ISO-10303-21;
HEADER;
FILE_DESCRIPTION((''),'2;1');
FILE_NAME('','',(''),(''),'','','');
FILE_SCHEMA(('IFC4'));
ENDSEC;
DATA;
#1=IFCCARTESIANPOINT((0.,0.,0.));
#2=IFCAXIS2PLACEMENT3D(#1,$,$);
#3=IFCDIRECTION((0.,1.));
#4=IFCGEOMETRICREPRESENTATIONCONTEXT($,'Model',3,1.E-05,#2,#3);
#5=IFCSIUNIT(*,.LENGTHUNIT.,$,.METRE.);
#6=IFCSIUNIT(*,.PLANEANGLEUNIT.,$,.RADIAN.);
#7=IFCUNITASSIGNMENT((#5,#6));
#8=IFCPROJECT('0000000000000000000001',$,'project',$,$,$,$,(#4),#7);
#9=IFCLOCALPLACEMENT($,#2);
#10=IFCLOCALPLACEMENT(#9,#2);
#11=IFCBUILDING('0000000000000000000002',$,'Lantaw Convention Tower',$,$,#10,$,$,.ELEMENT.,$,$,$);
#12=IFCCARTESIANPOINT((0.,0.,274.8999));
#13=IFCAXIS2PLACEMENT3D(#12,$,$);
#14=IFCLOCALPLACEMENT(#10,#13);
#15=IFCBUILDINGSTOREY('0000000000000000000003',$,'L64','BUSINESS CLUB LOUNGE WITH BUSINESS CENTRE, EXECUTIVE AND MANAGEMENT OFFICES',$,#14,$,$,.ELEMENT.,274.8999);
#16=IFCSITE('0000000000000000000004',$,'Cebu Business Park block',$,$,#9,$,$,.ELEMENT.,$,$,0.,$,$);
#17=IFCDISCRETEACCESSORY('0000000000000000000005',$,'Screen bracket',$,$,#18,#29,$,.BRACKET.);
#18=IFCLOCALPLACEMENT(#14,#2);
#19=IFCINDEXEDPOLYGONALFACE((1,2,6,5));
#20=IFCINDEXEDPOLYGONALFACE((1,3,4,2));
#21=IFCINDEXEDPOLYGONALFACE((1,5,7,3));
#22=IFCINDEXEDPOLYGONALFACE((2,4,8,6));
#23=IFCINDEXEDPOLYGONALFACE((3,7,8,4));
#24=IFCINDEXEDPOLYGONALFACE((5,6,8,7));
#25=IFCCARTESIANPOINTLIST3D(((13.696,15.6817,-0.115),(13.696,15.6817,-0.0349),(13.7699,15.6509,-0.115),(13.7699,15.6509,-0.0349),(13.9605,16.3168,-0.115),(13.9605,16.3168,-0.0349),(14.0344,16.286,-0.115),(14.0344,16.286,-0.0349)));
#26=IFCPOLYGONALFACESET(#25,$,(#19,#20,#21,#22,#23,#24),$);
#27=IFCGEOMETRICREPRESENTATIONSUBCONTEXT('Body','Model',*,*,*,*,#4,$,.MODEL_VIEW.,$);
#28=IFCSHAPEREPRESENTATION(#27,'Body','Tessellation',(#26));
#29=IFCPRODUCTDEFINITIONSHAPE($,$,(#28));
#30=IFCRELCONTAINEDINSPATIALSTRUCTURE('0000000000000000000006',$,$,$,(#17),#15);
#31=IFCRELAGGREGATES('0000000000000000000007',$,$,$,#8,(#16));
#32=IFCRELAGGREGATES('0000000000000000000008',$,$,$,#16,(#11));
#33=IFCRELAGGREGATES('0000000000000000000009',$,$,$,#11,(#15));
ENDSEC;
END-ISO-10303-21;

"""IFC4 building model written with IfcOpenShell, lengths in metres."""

from ifc_helpers import new_model, si_unit, direction, frame, origin, origin_2d, place, context, subcontext, project, spatial, rectangle, extrude, element, save


model = new_model("IFC4")

# Units and contexts
model_context = context("Model", 3, precision=1e-05, world=origin(), true_north=direction((0.0, 1.0)))
body_context = subcontext(model_context, "Body", "Model", "MODEL_VIEW")
ifc_project = project(units=[si_unit("LENGTHUNIT", "METRE"), si_unit("PLANEANGLEUNIT", "RADIAN")], contexts=[model_context])

# Site, building, storey
site_placement = place(None, origin())
site = spatial("IfcSite", under=ifc_project, at=site_placement, Name="Cebu Business Park block", CompositionType="ELEMENT", RefElevation=0.0)
building_placement = place(site_placement, origin())
building = spatial("IfcBuilding", under=site, at=building_placement, Name="Lantaw Convention Tower", CompositionType="ELEMENT")
storey_placement = place(building_placement, frame((0.0, 0.0, 274.8999)))
storey = spatial("IfcBuildingStorey", under=building, at=storey_placement, Name="L64", Description="BUSINESS CLUB LOUNGE WITH BUSINESS CENTRE, EXECUTIVE AND MANAGEMENT OFFICES", CompositionType="ELEMENT", Elevation=274.8999)

# Discrete accessory
for number, where, z_axis, x_axis, name in (
    (1, (13.8652, 15.9839, -0.115), (0.0, 0.0, 1.0), (-0.923142, 0.38446, 0.0), "Screen bracket"),
):
    element("IfcDiscreteAccessory", number, at=place(storey_placement, frame(where, z_axis=z_axis, x_axis=x_axis)), inside=storey, Name=name, PredefinedType="BRACKET", context=body_context, shape_type="SweptSolid", body=[
        extrude(rectangle(XDim=0.0801, YDim=0.688, at=origin_2d()), origin(), (0.0, 0.0, 1.0), 0.0801),
    ])

save(model, "model.ifc")
